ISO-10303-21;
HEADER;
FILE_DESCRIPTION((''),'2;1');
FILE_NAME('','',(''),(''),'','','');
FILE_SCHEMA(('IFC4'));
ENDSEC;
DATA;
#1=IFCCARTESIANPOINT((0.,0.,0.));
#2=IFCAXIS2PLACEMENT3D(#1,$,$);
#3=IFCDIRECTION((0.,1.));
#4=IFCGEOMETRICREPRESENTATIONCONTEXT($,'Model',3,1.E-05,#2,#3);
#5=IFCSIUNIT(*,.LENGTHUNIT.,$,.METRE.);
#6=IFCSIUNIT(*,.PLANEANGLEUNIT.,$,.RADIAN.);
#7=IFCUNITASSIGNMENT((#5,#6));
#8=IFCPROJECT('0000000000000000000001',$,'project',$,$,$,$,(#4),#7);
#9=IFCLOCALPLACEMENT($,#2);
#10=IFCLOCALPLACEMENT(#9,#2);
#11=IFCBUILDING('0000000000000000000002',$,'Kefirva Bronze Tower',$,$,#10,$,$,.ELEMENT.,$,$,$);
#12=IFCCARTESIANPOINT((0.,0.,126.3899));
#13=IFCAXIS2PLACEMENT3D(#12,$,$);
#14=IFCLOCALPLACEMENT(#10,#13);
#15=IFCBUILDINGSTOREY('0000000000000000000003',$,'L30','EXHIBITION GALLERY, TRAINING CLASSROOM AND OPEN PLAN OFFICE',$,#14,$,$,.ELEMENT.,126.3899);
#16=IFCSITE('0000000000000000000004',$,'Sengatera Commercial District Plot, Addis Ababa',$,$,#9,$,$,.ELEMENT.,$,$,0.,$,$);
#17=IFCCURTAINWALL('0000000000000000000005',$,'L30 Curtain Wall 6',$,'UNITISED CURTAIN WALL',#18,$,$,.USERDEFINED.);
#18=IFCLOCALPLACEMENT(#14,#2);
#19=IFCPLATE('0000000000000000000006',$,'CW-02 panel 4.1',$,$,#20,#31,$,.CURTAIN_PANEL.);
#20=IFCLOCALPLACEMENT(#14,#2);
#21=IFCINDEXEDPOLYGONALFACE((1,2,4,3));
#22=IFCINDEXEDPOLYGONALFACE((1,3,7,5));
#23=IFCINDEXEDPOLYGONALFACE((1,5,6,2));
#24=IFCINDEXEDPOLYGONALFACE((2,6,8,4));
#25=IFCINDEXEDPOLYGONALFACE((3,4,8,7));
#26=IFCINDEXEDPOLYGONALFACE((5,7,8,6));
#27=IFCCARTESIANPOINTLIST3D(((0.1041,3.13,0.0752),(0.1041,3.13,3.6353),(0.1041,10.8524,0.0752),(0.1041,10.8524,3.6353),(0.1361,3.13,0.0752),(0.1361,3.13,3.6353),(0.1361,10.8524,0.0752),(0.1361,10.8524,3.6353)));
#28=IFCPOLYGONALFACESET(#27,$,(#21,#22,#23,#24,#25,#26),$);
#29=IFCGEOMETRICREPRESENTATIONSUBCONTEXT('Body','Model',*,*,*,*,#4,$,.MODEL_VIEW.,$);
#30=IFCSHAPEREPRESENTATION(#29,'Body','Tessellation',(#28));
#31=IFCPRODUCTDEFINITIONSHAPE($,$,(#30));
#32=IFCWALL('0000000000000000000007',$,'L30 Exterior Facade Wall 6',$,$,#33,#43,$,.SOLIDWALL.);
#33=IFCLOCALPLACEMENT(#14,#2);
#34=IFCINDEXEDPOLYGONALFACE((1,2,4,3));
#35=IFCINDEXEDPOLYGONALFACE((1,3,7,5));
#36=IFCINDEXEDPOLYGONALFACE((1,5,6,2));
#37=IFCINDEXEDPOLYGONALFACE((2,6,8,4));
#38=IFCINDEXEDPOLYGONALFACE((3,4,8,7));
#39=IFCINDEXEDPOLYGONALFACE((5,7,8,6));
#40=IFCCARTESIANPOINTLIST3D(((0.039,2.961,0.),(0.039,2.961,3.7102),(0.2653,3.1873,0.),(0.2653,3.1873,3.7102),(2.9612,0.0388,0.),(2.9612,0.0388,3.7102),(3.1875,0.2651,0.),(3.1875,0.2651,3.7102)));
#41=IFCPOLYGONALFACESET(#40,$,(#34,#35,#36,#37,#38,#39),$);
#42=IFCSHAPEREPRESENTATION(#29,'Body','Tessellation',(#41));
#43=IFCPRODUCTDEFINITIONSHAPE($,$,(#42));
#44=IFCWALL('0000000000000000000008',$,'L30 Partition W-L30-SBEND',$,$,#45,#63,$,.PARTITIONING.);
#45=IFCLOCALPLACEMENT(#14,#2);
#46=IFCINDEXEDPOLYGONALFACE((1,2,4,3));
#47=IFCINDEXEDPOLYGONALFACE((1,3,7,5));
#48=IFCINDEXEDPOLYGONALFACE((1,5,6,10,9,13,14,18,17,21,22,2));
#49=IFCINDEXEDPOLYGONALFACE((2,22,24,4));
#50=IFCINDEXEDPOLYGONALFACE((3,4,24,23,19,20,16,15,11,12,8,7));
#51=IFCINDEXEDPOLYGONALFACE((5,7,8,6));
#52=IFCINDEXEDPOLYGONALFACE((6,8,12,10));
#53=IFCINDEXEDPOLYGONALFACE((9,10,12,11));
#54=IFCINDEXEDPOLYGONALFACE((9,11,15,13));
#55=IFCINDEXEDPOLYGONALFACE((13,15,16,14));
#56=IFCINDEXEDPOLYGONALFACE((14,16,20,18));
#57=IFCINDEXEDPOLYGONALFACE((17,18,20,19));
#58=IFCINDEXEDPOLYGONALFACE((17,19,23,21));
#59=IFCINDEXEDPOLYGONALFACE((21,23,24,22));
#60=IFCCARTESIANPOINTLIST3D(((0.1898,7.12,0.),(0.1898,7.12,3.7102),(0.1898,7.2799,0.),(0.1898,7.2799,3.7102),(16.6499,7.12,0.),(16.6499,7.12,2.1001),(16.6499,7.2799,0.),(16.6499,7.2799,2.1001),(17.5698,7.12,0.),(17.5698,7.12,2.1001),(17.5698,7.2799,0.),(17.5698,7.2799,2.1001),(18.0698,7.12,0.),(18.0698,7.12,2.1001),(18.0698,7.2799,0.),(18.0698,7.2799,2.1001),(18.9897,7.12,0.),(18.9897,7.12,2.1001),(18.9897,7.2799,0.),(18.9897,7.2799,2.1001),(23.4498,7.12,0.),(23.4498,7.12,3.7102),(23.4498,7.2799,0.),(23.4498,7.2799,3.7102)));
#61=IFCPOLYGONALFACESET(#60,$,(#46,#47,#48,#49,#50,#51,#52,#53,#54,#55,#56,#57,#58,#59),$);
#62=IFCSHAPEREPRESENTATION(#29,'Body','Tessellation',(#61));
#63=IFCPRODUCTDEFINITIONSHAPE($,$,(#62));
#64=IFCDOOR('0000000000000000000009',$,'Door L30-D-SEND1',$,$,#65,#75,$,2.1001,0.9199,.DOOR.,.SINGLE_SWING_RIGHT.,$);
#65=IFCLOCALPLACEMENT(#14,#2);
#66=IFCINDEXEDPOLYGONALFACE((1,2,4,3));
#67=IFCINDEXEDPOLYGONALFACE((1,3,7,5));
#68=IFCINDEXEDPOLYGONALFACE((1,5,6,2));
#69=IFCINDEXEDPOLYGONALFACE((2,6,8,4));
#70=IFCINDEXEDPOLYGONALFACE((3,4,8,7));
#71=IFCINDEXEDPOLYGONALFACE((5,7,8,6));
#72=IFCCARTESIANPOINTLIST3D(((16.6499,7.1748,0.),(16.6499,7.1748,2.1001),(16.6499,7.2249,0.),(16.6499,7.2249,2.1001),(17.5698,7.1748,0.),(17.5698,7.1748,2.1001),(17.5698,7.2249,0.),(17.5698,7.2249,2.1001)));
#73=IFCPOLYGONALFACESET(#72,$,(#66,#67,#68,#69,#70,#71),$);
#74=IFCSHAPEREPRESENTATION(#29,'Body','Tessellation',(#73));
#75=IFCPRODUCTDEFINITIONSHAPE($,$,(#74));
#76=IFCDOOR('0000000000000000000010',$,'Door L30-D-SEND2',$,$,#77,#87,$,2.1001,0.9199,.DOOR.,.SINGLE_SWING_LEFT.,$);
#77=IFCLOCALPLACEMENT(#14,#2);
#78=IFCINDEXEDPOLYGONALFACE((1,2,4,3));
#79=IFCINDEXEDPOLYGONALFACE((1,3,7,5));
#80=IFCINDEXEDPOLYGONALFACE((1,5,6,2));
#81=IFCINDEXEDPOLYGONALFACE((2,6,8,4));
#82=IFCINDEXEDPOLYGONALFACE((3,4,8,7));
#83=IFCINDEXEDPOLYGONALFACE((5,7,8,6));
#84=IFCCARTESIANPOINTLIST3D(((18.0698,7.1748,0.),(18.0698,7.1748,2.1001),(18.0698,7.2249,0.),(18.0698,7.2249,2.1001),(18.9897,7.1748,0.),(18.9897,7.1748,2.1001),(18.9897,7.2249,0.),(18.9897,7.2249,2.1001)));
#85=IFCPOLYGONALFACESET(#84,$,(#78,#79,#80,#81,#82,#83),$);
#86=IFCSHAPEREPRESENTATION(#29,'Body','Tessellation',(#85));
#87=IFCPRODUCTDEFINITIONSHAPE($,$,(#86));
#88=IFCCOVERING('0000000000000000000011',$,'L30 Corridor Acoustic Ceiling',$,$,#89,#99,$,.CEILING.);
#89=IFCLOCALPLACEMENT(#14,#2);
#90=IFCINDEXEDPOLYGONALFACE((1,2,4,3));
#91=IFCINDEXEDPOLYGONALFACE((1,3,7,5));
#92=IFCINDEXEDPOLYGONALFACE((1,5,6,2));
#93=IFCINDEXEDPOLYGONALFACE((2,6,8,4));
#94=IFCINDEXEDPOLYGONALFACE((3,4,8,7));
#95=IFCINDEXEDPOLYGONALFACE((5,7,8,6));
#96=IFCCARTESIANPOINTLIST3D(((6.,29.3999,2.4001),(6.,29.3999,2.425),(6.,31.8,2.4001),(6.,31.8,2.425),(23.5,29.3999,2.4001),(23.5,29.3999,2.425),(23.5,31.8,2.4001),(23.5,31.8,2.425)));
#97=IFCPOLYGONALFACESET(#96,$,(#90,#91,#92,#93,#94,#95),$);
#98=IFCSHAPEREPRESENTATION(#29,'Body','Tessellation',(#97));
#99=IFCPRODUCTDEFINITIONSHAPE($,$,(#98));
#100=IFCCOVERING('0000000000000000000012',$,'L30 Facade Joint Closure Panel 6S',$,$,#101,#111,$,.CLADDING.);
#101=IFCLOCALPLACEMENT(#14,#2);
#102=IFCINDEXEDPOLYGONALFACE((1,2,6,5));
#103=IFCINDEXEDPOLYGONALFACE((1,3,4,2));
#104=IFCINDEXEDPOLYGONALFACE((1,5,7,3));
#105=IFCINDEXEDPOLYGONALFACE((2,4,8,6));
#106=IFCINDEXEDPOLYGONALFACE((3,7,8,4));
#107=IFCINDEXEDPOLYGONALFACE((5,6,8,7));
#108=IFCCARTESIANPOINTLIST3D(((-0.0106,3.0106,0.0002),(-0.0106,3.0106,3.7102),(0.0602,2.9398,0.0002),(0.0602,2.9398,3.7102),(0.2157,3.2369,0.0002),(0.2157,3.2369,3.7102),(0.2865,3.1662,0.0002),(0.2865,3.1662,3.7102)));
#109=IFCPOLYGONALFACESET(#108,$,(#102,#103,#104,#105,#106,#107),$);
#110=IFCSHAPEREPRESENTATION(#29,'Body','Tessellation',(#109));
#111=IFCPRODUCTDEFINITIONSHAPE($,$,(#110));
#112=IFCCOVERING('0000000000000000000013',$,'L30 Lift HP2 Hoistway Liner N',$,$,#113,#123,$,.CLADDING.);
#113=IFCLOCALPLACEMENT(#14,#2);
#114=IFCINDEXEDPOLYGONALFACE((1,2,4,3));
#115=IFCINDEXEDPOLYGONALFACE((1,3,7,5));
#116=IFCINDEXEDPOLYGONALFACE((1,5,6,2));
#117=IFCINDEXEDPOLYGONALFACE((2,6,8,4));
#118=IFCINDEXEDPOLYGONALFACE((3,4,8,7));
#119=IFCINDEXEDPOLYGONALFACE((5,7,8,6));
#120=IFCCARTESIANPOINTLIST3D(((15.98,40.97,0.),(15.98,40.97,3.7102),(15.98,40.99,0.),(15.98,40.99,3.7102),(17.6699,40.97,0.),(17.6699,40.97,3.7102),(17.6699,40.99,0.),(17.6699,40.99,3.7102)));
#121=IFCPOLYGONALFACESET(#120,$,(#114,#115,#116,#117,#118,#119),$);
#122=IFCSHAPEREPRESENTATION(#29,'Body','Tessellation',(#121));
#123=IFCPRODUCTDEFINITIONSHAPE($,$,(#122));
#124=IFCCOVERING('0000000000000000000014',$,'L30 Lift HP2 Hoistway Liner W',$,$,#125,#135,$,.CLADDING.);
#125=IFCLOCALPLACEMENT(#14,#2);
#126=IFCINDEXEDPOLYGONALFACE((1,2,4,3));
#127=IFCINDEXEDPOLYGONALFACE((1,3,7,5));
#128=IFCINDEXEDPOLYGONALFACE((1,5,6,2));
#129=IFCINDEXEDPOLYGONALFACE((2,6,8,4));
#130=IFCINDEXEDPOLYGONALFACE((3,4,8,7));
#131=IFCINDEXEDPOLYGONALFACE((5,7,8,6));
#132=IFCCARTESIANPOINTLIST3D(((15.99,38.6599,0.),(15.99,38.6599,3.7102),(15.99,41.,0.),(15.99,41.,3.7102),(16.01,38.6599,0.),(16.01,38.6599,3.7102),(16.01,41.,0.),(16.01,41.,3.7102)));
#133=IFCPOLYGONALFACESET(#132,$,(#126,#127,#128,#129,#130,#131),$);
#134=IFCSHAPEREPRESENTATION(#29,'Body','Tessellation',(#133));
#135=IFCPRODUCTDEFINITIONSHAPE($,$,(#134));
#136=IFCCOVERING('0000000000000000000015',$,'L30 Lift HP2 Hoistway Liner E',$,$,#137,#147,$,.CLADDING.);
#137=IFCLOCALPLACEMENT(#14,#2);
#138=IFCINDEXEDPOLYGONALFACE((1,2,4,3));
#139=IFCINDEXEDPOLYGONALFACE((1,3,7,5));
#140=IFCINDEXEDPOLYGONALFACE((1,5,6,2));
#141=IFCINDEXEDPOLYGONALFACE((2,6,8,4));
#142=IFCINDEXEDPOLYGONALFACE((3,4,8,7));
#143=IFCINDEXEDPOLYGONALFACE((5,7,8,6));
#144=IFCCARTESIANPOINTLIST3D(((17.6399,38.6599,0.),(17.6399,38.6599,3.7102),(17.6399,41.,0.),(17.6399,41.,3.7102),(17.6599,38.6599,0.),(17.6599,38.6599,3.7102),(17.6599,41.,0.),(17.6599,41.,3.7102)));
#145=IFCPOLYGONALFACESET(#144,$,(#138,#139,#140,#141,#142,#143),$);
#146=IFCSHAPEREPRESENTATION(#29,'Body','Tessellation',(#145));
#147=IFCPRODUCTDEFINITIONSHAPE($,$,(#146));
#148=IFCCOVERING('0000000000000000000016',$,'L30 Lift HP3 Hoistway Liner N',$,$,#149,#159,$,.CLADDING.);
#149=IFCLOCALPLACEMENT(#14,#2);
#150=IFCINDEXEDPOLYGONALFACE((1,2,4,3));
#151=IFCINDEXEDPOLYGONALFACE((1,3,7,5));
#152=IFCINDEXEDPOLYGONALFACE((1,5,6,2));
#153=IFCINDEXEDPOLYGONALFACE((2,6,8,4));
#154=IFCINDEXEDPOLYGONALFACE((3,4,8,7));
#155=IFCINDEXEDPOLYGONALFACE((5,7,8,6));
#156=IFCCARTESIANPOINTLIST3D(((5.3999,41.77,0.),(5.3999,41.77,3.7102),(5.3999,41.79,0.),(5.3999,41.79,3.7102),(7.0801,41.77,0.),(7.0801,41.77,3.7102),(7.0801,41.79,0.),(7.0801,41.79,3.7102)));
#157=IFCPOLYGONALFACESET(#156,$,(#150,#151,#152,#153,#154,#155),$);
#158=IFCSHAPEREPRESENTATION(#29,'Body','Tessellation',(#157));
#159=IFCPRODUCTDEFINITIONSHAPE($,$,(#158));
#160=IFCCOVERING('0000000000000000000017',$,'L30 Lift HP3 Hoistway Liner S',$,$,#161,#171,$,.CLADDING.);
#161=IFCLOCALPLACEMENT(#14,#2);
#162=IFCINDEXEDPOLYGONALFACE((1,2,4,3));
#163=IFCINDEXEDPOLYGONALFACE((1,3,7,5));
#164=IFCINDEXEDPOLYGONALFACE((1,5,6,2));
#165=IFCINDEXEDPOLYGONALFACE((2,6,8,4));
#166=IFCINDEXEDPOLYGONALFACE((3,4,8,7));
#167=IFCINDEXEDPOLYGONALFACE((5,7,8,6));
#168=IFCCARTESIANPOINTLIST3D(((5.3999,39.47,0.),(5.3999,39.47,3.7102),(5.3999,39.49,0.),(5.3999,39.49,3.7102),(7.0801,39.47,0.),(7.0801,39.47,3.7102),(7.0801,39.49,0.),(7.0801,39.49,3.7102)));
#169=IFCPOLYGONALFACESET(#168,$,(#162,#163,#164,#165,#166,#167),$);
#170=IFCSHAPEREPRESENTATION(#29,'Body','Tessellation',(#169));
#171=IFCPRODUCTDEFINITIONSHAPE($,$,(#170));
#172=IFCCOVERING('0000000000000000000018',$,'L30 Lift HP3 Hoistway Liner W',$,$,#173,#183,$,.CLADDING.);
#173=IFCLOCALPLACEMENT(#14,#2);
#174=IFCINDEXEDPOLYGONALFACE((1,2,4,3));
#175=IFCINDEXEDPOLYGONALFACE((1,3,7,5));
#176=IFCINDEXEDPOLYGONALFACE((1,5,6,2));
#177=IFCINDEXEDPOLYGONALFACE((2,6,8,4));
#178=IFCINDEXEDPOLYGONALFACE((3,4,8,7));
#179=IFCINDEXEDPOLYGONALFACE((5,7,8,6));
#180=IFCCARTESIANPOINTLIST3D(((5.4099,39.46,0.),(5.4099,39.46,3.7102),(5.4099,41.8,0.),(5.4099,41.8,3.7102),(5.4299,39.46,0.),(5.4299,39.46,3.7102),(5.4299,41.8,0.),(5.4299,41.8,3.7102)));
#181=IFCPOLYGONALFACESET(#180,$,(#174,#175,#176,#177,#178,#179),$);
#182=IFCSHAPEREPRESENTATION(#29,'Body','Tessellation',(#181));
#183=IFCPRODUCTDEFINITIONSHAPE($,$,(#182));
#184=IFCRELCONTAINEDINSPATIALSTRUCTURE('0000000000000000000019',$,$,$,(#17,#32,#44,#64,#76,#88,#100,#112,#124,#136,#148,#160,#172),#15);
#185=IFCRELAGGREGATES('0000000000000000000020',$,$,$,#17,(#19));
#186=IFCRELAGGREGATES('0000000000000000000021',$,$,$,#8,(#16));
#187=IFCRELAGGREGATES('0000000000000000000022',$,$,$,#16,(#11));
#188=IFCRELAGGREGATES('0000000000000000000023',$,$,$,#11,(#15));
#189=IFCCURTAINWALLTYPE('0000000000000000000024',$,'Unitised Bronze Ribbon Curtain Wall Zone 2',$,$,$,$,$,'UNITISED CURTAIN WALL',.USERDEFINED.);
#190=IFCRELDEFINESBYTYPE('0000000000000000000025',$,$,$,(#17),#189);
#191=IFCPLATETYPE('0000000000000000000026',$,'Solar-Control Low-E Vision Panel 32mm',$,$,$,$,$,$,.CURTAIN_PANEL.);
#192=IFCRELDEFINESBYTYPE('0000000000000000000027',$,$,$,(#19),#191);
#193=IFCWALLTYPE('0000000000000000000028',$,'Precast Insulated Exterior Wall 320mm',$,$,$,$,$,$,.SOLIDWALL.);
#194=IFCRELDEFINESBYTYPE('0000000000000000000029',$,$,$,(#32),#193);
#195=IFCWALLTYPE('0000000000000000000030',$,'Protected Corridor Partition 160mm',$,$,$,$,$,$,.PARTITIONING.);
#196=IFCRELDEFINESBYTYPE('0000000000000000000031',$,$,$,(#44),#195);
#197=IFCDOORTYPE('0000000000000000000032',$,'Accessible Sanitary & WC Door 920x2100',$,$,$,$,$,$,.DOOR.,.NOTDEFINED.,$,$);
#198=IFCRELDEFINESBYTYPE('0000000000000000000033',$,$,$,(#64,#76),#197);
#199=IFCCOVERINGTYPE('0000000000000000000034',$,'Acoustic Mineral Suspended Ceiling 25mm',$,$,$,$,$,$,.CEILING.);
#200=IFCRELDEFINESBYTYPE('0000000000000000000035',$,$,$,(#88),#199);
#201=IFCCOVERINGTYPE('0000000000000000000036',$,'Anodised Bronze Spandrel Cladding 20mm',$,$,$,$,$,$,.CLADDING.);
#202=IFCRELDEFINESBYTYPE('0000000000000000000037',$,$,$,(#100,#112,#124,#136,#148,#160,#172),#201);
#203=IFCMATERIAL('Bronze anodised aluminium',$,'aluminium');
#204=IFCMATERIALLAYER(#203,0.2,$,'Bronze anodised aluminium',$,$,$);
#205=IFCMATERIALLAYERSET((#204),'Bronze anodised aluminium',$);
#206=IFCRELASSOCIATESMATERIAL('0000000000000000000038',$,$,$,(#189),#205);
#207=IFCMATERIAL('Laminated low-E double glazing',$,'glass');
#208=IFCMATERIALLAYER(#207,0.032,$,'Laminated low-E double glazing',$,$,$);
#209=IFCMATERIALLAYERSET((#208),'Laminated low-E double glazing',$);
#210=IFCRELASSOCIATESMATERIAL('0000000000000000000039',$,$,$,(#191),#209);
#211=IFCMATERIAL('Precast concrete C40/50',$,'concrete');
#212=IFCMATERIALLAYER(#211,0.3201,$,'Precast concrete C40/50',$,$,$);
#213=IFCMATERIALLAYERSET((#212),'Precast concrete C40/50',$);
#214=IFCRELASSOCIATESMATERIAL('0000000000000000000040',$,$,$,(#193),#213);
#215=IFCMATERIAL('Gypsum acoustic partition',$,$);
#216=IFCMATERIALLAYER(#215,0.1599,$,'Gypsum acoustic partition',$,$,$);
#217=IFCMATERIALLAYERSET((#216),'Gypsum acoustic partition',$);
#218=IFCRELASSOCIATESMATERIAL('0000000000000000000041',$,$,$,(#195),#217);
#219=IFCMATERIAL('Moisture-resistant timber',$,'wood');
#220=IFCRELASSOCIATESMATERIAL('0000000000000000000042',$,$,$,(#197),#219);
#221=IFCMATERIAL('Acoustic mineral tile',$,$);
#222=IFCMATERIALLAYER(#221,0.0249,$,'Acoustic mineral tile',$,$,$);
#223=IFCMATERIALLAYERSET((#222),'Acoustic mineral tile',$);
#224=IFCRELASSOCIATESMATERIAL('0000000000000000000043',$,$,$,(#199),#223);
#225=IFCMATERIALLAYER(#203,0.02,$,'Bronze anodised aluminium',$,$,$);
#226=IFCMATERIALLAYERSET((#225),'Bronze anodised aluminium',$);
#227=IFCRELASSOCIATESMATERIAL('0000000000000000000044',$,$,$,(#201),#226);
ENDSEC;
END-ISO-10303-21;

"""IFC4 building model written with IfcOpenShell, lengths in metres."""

from ifc_helpers import new_model, si_unit, direction, frame, frame_2d, origin, origin_2d, place, context, subcontext, project, spatial, polyline, rectangle, outline, extrude, material, layer, layer_set, type_object, element, fill, aggregate, save


model = new_model("IFC4")

# Units and contexts
model_context = context("Model", 3, precision=1e-05, world=origin(), true_north=direction((0.0, 1.0)))
body_context = subcontext(model_context, "Body", "Model", "MODEL_VIEW")
ifc_project = project(units=[si_unit("LENGTHUNIT", "METRE"), si_unit("PLANEANGLEUNIT", "RADIAN")], contexts=[model_context])

# Site, building, storey
site_placement = place(None, origin())
site = spatial("IfcSite", under=ifc_project, at=site_placement, Name="Sengatera Commercial District Plot, Addis Ababa", CompositionType="ELEMENT", RefElevation=0.0)
building_placement = place(site_placement, origin())
building = spatial("IfcBuilding", under=site, at=building_placement, Name="Kefirva Bronze Tower", CompositionType="ELEMENT")
storey_placement = place(building_placement, frame((0.0, 0.0, 126.3899)))
storey = spatial("IfcBuildingStorey", under=building, at=storey_placement, Name="L30", Description="EXHIBITION GALLERY, TRAINING CLASSROOM AND OPEN PLAN OFFICE", CompositionType="ELEMENT", Elevation=126.3899)

# Curtain wall
ifc_material_1 = material(Name="Bronze anodised aluminium", Category="aluminium")
ifc_layer_1 = layer(ifc_material_1, 0.2, Name="Bronze anodised aluminium")
ifc_layer_set_1 = layer_set([ifc_layer_1], Name="Bronze anodised aluminium")
curtain_wall_type = type_object("IfcCurtainWallType", Name="Unitised Bronze Ribbon Curtain Wall Zone 2", ElementType="UNITISED CURTAIN WALL", PredefinedType="USERDEFINED", material=ifc_layer_set_1)
curtain_wall_placement = place(storey_placement, origin())
curtain_wall = element("IfcCurtainWall", 1, at=curtain_wall_placement, inside=storey, type_object=curtain_wall_type, Name="L30 Curtain Wall 6", ObjectType="UNITISED CURTAIN WALL", PredefinedType="USERDEFINED")

# Plate
ifc_material_2 = material(Name="Laminated low-E double glazing", Category="glass")
ifc_layer_2 = layer(ifc_material_2, 0.032, Name="Laminated low-E double glazing")
ifc_layer_set_2 = layer_set([ifc_layer_2], Name="Laminated low-E double glazing")
plate_type = type_object("IfcPlateType", Name="Solar-Control Low-E Vision Panel 32mm", PredefinedType="CURTAIN_PANEL", material=ifc_layer_set_2)
plate_placement = place(storey_placement, frame((0.1201, 6.9912, 0.0752), z_axis=(0.0, 0.0, 1.0), x_axis=(0.0, -1.0, 0.0)))
plate = element("IfcPlate", 2, at=plate_placement, type_object=plate_type, Name="CW-02 panel 4.1", PredefinedType="CURTAIN_PANEL", context=body_context, shape_type="SweptSolid", body=[
    extrude(rectangle(XDim=7.7224, YDim=0.032, at=origin_2d()), origin(), (0.0, 0.0, 1.0), 3.5601),
])
aggregate(curtain_wall, [plate])

# Wall
ifc_material_3 = material(Name="Precast concrete C40/50", Category="concrete")
ifc_layer_3 = layer(ifc_material_3, 0.3201, Name="Precast concrete C40/50")
ifc_layer_set_3 = layer_set([ifc_layer_3], Name="Precast concrete C40/50")
wall_type_1 = type_object("IfcWallType", Name="Precast Insulated Exterior Wall 320mm", PredefinedType="SOLIDWALL", material=ifc_layer_set_3)
wall_1_placement = place(storey_placement, frame((0.1521, 3.0742, 0.0), z_axis=(0.0, 0.0, 1.0), x_axis=(0.707107, -0.707107, 0.0)))
element("IfcWall", 3, at=wall_1_placement, inside=storey, type_object=wall_type_1, Name="L30 Exterior Facade Wall 6", PredefinedType="SOLIDWALL", context=body_context, shape_type="SweptSolid", body=[
    extrude(rectangle(XDim=4.1326, YDim=0.3201, at=frame_2d((2.0664, 0.0))), origin(), (0.0, 0.0, 1.0), 3.7102),
])

# Wall, openings, doors
ifc_material_4 = material(Name="Gypsum acoustic partition")
ifc_layer_4 = layer(ifc_material_4, 0.1599, Name="Gypsum acoustic partition")
ifc_layer_set_4 = layer_set([ifc_layer_4], Name="Gypsum acoustic partition")
wall_type_2 = type_object("IfcWallType", Name="Protected Corridor Partition 160mm", PredefinedType="PARTITIONING", material=ifc_layer_set_4)
wall_2_placement = place(storey_placement, frame((0.1899, 7.2, 0.0), z_axis=(0.0, 0.0, 1.0), x_axis=(1.0, 0.0, 0.0)))
wall_2 = element("IfcWall", 4, at=wall_2_placement, inside=storey, type_object=wall_type_2, Name="L30 Partition W-L30-SBEND", PredefinedType="PARTITIONING", context=body_context, shape_type="SweptSolid", body=[
    extrude(rectangle(XDim=23.26, YDim=0.1599, at=frame_2d((11.6299, 0.0))), origin(), (0.0, 0.0, 1.0), 3.7102),
])
opening_1_placement = place(wall_2_placement, frame((16.46, 0.0, 0.0)))
opening_1 = element("IfcOpeningElement", 5, at=opening_1_placement, cuts=wall_2, PredefinedType="OPENING", context=body_context, shape_type="SweptSolid", body=[
    extrude(rectangle(XDim=0.9199, YDim=2.1001, at=frame_2d((0.46, 1.05))), frame((0.0, 0.0898, 0.0), z_axis=(0.0, -1.0, 0.0), x_axis=(1.0, 0.0, 0.0)), (0.0, 0.0, 1.0), 0.1799),
])
opening_2_placement = place(wall_2_placement, frame((17.8799, 0.0, 0.0)))
opening_2 = element("IfcOpeningElement", 6, at=opening_2_placement, cuts=wall_2, PredefinedType="OPENING", context=body_context, shape_type="SweptSolid", body=[
    extrude(rectangle(XDim=0.9199, YDim=2.1001, at=frame_2d((0.46, 1.05))), frame((0.0, 0.0898, 0.0), z_axis=(0.0, -1.0, 0.0), x_axis=(1.0, 0.0, 0.0)), (0.0, 0.0, 1.0), 0.1799),
])
ifc_material_5 = material(Name="Moisture-resistant timber", Category="wood")
door_type = type_object("IfcDoorType", Name="Accessible Sanitary & WC Door 920x2100", OperationType="NOTDEFINED", PredefinedType="DOOR", material=ifc_material_5)
door_1_placement = place(opening_1_placement, origin())
door_1 = element("IfcDoor", 7, at=door_1_placement, inside=storey, type_object=door_type, Name="Door L30-D-SEND1", OperationType="SINGLE_SWING_RIGHT", OverallHeight=2.1001, OverallWidth=0.9199, PredefinedType="DOOR", context=body_context, shape_type="SweptSolid", body=[
    extrude(rectangle(XDim=0.9199, YDim=2.1001, at=frame_2d((0.46, 1.05))), frame((0.0, 0.0249, 0.0), z_axis=(0.0, -1.0, 0.0), x_axis=(1.0, 0.0, 0.0)), (0.0, 0.0, 1.0), 0.05),
])
fill(opening_1, door_1)
door_2_placement = place(opening_2_placement, origin())
door_2 = element("IfcDoor", 8, at=door_2_placement, inside=storey, type_object=door_type, Name="Door L30-D-SEND2", OperationType="SINGLE_SWING_LEFT", OverallHeight=2.1001, OverallWidth=0.9199, PredefinedType="DOOR", context=body_context, shape_type="SweptSolid", body=[
    extrude(rectangle(XDim=0.9199, YDim=2.1001, at=frame_2d((0.46, 1.05))), frame((0.0, 0.0249, 0.0), z_axis=(0.0, -1.0, 0.0), x_axis=(1.0, 0.0, 0.0)), (0.0, 0.0, 1.0), 0.05),
])
fill(opening_2, door_2)

# Coverings
ifc_material_6 = material(Name="Acoustic mineral tile")
ifc_layer_5 = layer(ifc_material_6, 0.0249, Name="Acoustic mineral tile")
ifc_layer_set_5 = layer_set([ifc_layer_5], Name="Acoustic mineral tile")
covering_type_1 = type_object("IfcCoveringType", Name="Acoustic Mineral Suspended Ceiling 25mm", PredefinedType="CEILING", material=ifc_layer_set_5)
covering_1_placement = place(storey_placement, frame((0.0, 0.0, 2.4001)))
element("IfcCovering", 9, at=covering_1_placement, inside=storey, type_object=covering_type_1, Name="L30 Corridor Acoustic Ceiling", PredefinedType="CEILING", context=body_context, shape_type="SweptSolid", body=[
    extrude(outline(polyline([(6.0, 29.3999), (23.5, 29.3999), (23.5, 31.8), (6.0, 31.8), (6.0, 29.3999)])), origin(), (0.0, 0.0, 1.0), 0.0249),
])
ifc_layer_6 = layer(ifc_material_1, 0.02, Name="Bronze anodised aluminium")
ifc_layer_set_6 = layer_set([ifc_layer_6], Name="Bronze anodised aluminium")
covering_type_2 = type_object("IfcCoveringType", Name="Anodised Bronze Spandrel Cladding 20mm", PredefinedType="CLADDING", material=ifc_layer_set_6)
covering_2_placement = place(storey_placement, frame((0.1379, 3.0884, 0.0002), z_axis=(0.0, 0.0, 1.0), x_axis=(0.707107, -0.707107, 0.0)))
element("IfcCovering", 10, at=covering_2_placement, inside=storey, type_object=covering_type_2, Name="L30 Facade Joint Closure Panel 6S", PredefinedType="CLADDING", context=body_context, shape_type="SweptSolid", body=[
    extrude(rectangle(XDim=0.1001, YDim=0.3201, at=origin_2d()), origin(), (0.0, 0.0, 1.0), 3.71),
])
covering_3_placement = place(storey_placement, origin())
element("IfcCovering", 11, at=covering_3_placement, inside=storey, type_object=covering_type_2, Name="L30 Lift HP2 Hoistway Liner N", PredefinedType="CLADDING", context=body_context, shape_type="SweptSolid", body=[
    extrude(outline(polyline([(15.98, 40.97), (17.6699, 40.97), (17.6699, 40.99), (15.98, 40.99), (15.98, 40.97)])), origin(), (0.0, 0.0, 1.0), 3.7102),
])
covering_4_placement = place(storey_placement, origin())
element("IfcCovering", 12, at=covering_4_placement, inside=storey, type_object=covering_type_2, Name="L30 Lift HP2 Hoistway Liner W", PredefinedType="CLADDING", context=body_context, shape_type="SweptSolid", body=[
    extrude(outline(polyline([(15.99, 38.6599), (16.01, 38.6599), (16.01, 41.0), (15.99, 41.0), (15.99, 38.6599)])), origin(), (0.0, 0.0, 1.0), 3.7102),
])
covering_5_placement = place(storey_placement, origin())
element("IfcCovering", 13, at=covering_5_placement, inside=storey, type_object=covering_type_2, Name="L30 Lift HP2 Hoistway Liner E", PredefinedType="CLADDING", context=body_context, shape_type="SweptSolid", body=[
    extrude(outline(polyline([(17.6399, 38.6599), (17.6599, 38.6599), (17.6599, 41.0), (17.6399, 41.0), (17.6399, 38.6599)])), origin(), (0.0, 0.0, 1.0), 3.7102),
])
covering_6_placement = place(storey_placement, origin())
element("IfcCovering", 14, at=covering_6_placement, inside=storey, type_object=covering_type_2, Name="L30 Lift HP3 Hoistway Liner N", PredefinedType="CLADDING", context=body_context, shape_type="SweptSolid", body=[
    extrude(outline(polyline([(5.3999, 41.77), (7.0801, 41.77), (7.0801, 41.79), (5.3999, 41.79), (5.3999, 41.77)])), origin(), (0.0, 0.0, 1.0), 3.7102),
])
covering_7_placement = place(storey_placement, origin())
element("IfcCovering", 15, at=covering_7_placement, inside=storey, type_object=covering_type_2, Name="L30 Lift HP3 Hoistway Liner S", PredefinedType="CLADDING", context=body_context, shape_type="SweptSolid", body=[
    extrude(outline(polyline([(5.3999, 39.47), (7.0801, 39.47), (7.0801, 39.49), (5.3999, 39.49), (5.3999, 39.47)])), origin(), (0.0, 0.0, 1.0), 3.7102),
])
covering_8_placement = place(storey_placement, origin())
element("IfcCovering", 16, at=covering_8_placement, inside=storey, type_object=covering_type_2, Name="L30 Lift HP3 Hoistway Liner W", PredefinedType="CLADDING", context=body_context, shape_type="SweptSolid", body=[
    extrude(outline(polyline([(5.4099, 39.46), (5.4299, 39.46), (5.4299, 41.8), (5.4099, 41.8), (5.4099, 39.46)])), origin(), (0.0, 0.0, 1.0), 3.7102),
])

save(model, "model.ifc")
